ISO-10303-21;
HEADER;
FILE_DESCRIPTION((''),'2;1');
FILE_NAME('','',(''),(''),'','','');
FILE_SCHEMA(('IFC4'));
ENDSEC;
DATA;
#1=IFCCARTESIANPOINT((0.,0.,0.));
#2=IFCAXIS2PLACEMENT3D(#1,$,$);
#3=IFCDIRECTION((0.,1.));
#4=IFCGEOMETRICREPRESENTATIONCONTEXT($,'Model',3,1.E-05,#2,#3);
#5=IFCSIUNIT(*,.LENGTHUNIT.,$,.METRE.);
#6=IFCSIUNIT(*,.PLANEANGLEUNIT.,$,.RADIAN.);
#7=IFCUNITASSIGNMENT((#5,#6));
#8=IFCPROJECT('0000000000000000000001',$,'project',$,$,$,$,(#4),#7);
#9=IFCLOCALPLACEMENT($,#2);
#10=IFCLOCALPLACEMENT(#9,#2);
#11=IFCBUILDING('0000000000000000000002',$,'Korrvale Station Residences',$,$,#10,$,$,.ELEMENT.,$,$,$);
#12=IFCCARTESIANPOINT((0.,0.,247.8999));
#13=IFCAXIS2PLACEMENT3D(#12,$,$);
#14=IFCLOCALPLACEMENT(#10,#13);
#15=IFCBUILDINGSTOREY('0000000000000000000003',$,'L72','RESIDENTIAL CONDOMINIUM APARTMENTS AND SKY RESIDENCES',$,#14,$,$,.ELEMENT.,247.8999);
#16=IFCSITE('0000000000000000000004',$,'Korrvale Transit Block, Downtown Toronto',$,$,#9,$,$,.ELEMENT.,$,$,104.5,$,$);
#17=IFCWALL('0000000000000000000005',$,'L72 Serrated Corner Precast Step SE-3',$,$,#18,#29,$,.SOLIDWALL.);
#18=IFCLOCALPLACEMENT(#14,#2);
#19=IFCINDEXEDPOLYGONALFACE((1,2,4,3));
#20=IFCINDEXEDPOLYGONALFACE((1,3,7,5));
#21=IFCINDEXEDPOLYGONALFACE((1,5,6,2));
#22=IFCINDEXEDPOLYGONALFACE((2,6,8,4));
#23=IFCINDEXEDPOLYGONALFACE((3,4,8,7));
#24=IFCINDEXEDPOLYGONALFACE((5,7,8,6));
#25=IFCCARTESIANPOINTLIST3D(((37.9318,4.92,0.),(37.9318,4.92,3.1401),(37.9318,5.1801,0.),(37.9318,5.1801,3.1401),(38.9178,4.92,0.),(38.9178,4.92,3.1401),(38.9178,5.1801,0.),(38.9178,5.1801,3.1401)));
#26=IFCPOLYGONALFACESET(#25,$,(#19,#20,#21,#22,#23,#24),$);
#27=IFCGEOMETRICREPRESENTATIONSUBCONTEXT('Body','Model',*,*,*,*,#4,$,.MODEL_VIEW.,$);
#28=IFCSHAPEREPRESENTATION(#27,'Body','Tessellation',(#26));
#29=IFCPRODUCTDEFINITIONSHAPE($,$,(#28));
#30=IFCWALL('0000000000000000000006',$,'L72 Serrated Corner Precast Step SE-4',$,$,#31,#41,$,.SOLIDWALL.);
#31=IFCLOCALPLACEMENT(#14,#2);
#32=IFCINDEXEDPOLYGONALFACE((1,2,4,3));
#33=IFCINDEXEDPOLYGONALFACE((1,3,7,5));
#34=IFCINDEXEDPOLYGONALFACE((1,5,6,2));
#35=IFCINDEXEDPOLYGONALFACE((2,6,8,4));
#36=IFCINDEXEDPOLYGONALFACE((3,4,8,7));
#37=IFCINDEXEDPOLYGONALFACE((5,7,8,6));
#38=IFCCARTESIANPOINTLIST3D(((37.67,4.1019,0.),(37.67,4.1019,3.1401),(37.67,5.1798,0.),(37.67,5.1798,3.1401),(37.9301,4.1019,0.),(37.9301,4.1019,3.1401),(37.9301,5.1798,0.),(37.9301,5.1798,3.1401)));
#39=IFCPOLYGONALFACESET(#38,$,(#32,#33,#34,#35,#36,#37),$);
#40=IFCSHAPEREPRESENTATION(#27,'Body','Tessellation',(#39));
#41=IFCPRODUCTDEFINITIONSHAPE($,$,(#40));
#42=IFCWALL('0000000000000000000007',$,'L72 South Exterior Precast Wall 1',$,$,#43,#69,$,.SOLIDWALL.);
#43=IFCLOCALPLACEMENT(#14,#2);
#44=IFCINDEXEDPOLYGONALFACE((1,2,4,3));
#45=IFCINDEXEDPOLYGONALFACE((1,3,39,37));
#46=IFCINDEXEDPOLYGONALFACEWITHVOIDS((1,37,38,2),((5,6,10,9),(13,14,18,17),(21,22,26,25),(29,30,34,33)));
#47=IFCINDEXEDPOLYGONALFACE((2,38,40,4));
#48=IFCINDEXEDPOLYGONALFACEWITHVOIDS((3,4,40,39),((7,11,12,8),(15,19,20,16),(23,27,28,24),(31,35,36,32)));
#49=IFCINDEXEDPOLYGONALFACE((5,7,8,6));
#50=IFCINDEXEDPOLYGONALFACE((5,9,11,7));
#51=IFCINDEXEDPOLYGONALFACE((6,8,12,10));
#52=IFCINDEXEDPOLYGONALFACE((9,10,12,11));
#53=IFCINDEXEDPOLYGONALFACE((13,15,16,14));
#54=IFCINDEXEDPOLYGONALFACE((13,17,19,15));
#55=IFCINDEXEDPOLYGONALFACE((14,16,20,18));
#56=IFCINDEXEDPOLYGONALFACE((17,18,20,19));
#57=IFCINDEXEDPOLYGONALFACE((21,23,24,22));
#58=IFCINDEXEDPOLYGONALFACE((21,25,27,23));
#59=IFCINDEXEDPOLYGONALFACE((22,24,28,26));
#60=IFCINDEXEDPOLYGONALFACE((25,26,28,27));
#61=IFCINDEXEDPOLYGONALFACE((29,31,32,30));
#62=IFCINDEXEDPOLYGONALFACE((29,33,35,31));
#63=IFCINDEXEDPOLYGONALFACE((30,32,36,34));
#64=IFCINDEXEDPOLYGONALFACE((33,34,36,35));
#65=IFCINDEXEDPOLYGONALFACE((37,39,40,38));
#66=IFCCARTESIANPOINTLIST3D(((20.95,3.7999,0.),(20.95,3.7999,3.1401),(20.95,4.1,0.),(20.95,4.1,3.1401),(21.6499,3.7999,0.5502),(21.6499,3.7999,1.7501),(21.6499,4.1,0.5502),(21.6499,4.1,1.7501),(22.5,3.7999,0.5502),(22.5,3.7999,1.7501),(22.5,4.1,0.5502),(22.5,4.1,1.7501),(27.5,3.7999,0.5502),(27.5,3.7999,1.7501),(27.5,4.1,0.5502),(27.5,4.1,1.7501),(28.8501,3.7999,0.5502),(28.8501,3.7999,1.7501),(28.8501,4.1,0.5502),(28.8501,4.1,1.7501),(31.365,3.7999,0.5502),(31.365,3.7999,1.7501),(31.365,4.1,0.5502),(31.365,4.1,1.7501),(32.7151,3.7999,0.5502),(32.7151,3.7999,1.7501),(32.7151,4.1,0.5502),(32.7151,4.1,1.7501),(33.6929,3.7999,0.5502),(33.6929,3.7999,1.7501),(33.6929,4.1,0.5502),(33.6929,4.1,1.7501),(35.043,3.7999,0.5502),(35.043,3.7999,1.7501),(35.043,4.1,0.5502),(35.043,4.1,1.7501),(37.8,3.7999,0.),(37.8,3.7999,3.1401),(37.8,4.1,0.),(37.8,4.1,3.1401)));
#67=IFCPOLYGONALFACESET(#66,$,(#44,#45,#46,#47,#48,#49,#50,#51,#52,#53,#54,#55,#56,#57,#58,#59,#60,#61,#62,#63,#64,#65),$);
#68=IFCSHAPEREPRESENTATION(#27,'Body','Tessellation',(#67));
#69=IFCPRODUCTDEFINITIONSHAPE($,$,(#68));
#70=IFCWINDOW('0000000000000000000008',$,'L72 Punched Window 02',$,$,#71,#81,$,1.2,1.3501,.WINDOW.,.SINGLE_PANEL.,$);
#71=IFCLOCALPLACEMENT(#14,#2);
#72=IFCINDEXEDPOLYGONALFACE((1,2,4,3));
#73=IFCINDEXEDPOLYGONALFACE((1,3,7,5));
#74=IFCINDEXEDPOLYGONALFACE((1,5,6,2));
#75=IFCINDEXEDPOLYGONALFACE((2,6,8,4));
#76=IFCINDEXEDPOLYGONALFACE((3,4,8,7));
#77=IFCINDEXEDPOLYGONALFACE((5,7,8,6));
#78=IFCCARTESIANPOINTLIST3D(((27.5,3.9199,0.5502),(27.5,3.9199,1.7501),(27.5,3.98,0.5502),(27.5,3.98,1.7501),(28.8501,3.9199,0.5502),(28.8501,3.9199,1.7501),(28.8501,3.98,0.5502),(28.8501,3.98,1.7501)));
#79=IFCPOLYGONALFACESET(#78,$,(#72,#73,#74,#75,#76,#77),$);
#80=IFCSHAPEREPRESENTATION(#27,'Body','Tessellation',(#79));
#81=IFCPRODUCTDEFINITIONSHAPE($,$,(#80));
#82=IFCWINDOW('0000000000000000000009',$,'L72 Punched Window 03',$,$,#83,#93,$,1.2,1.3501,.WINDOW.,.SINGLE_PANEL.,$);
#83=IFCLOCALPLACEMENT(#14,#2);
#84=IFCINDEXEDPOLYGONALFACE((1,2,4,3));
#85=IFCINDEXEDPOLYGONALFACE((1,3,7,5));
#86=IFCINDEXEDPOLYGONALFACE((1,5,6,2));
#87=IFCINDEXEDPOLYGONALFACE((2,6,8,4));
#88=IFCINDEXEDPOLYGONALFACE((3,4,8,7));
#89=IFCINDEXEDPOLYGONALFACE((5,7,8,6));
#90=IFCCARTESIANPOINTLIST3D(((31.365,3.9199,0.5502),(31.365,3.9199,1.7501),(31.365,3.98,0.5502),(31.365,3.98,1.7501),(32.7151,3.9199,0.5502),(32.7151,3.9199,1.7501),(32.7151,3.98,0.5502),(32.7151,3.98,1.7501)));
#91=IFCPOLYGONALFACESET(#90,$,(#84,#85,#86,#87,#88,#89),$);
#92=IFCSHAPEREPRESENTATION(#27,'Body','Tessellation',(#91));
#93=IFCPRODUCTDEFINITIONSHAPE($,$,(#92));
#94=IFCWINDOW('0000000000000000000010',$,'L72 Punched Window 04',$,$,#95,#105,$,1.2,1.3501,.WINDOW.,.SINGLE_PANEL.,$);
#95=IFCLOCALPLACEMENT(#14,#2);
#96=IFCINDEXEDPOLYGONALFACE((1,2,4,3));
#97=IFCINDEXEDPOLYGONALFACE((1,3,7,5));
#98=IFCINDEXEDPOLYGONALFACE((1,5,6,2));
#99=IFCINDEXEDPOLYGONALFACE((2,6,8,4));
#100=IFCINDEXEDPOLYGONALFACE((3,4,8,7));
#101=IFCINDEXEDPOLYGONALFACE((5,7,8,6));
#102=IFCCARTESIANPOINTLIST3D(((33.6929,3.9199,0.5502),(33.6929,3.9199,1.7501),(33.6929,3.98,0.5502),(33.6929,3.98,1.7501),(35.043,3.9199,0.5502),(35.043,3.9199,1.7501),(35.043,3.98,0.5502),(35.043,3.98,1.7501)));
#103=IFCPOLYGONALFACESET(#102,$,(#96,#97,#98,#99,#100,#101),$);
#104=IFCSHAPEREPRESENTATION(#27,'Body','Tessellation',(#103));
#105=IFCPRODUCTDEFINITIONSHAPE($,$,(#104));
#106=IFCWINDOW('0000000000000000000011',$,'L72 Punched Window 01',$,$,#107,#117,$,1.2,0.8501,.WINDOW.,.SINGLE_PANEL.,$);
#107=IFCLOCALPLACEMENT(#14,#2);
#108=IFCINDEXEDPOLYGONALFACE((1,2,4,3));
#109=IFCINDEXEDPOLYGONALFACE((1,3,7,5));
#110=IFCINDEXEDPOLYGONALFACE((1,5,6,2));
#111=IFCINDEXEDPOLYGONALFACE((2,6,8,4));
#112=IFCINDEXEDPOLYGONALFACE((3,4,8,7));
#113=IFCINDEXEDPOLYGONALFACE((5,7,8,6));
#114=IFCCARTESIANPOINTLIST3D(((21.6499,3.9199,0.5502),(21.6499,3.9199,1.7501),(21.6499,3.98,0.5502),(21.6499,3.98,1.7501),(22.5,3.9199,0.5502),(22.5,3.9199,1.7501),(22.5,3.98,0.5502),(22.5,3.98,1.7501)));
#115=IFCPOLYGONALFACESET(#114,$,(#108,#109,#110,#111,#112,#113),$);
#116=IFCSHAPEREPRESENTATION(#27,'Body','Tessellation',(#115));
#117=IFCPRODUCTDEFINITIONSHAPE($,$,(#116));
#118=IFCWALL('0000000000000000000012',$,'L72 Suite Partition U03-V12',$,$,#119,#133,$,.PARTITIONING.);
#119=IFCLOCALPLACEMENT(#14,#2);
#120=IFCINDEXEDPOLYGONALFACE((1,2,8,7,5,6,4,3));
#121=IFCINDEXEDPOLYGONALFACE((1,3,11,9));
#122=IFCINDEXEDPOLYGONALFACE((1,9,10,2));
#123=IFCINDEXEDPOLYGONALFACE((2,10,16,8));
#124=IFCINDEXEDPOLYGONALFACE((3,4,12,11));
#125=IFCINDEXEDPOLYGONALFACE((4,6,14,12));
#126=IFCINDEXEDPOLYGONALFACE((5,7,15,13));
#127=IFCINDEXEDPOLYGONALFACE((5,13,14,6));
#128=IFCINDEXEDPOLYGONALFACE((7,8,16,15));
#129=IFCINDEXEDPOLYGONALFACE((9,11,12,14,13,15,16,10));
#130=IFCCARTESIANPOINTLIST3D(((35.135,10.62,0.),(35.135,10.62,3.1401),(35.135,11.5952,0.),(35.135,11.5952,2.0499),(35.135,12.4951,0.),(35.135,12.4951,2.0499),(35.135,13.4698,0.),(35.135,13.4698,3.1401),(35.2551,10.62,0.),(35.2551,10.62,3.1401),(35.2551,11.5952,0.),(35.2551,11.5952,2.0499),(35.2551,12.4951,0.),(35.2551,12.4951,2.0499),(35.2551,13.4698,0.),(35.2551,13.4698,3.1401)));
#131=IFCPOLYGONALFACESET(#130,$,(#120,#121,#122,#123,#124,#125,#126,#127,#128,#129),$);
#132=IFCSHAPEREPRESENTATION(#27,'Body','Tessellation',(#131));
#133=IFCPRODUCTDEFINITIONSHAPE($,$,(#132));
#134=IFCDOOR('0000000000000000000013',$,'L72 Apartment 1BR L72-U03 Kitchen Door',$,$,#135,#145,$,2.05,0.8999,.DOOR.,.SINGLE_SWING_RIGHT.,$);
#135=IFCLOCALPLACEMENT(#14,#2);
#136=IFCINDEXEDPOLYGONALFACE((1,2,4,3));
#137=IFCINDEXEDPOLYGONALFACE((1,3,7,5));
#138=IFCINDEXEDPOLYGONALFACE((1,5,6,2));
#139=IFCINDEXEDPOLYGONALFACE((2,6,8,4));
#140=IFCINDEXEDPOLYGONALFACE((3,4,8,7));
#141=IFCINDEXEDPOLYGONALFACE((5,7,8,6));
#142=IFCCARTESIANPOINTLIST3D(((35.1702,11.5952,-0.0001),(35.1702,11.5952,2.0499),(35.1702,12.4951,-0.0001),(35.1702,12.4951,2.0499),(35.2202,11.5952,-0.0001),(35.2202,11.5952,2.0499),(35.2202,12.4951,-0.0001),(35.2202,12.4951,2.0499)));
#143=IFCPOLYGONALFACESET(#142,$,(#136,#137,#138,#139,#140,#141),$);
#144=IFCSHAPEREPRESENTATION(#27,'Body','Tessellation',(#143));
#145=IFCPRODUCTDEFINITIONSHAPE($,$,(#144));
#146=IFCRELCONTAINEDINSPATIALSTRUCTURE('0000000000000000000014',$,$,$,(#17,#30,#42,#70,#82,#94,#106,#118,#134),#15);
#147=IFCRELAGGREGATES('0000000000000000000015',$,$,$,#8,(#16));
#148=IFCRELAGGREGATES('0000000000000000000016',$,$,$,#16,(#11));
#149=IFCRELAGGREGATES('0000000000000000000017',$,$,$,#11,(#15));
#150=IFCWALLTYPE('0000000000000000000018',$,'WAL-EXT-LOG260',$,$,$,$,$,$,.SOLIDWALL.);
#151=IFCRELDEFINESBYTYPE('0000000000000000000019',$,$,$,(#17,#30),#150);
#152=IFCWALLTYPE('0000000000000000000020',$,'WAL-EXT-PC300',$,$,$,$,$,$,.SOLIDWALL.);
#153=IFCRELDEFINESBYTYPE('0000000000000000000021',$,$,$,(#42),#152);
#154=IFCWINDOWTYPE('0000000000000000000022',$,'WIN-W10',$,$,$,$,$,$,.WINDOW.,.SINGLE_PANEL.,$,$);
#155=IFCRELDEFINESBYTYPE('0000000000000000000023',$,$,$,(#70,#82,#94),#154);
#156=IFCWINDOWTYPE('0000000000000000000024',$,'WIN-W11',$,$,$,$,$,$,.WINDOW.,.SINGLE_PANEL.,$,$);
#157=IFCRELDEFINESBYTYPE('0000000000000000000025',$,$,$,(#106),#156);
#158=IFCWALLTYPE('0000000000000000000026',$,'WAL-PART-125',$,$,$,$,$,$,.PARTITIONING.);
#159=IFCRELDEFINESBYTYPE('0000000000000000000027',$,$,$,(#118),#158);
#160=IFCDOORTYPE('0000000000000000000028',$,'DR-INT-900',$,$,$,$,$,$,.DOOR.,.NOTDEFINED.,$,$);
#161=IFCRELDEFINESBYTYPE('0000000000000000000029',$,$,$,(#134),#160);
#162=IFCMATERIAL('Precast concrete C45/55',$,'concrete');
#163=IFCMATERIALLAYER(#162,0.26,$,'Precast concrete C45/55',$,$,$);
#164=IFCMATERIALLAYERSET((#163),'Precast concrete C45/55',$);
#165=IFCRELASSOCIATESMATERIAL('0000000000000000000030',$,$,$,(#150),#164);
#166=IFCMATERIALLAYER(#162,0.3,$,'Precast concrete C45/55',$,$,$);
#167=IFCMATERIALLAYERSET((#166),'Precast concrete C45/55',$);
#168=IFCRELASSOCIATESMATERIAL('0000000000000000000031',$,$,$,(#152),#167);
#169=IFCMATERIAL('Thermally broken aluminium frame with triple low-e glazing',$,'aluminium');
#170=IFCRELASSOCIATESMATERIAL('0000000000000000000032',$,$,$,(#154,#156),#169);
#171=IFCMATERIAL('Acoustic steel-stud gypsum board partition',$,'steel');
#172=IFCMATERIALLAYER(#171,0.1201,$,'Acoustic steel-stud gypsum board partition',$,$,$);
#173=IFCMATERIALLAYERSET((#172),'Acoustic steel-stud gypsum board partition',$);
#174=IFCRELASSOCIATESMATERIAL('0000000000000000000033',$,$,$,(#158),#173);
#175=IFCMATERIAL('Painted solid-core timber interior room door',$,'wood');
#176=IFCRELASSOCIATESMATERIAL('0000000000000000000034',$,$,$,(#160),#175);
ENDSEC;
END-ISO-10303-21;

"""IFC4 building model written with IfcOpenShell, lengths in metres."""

from ifc_helpers import new_model, si_unit, direction, frame, frame_2d, origin, place, context, subcontext, project, spatial, rectangle, extrude, material, layer, layer_set, type_object, element, fill, save


model = new_model("IFC4")

# Units and contexts
model_context = context("Model", 3, precision=1e-05, world=origin(), true_north=direction((0.0, 1.0)))
body_context = subcontext(model_context, "Body", "Model", "MODEL_VIEW")
ifc_project = project(units=[si_unit("LENGTHUNIT", "METRE"), si_unit("PLANEANGLEUNIT", "RADIAN")], contexts=[model_context])

# Site, building, storey
site_placement = place(None, origin())
site = spatial("IfcSite", under=ifc_project, at=site_placement, Name="Korrvale Transit Block, Downtown Toronto", CompositionType="ELEMENT", RefElevation=104.5)
building_placement = place(site_placement, origin())
building = spatial("IfcBuilding", under=site, at=building_placement, Name="Korrvale Station Residences", CompositionType="ELEMENT")
storey_placement = place(building_placement, frame((0.0, 0.0, 247.8999)))
storey = spatial("IfcBuildingStorey", under=building, at=storey_placement, Name="L72", Description="RESIDENTIAL CONDOMINIUM APARTMENTS AND SKY RESIDENCES", CompositionType="ELEMENT", Elevation=247.8999)

# Walls
ifc_material_1 = material(Name="Precast concrete C45/55", Category="concrete")
ifc_layer_1 = layer(ifc_material_1, 0.26, Name="Precast concrete C45/55")
ifc_layer_set_1 = layer_set([ifc_layer_1], Name="Precast concrete C45/55")
wall_type_1 = type_object("IfcWallType", Name="WAL-EXT-LOG260", PredefinedType="SOLIDWALL", material=ifc_layer_set_1)
wall_1_placement = place(storey_placement, frame((38.918, 5.05, 0.0), z_axis=(0.0, 0.0, 1.0), x_axis=(-1.0, 0.0, 0.0)))
element("IfcWall", 1, at=wall_1_placement, inside=storey, type_object=wall_type_1, Name="L72 Serrated Corner Precast Step SE-3", PredefinedType="SOLIDWALL", context=body_context, shape_type="SweptSolid", body=[
    extrude(rectangle(XDim=0.9861, YDim=0.26, at=frame_2d((0.4932, 0.0))), origin(), (0.0, 0.0, 1.0), 3.1401),
])
wall_2_placement = place(storey_placement, frame((37.8, 5.1799, 0.0), z_axis=(0.0, 0.0, 1.0), x_axis=(0.0, -1.0, 0.0)))
element("IfcWall", 2, at=wall_2_placement, inside=storey, type_object=wall_type_1, Name="L72 Serrated Corner Precast Step SE-4", PredefinedType="SOLIDWALL", context=body_context, shape_type="SweptSolid", body=[
    extrude(rectangle(XDim=1.0779, YDim=0.26, at=frame_2d((0.5391, 0.0))), origin(), (0.0, 0.0, 1.0), 3.1401),
])

# Wall, openings, windows
ifc_layer_2 = layer(ifc_material_1, 0.3, Name="Precast concrete C45/55")
ifc_layer_set_2 = layer_set([ifc_layer_2], Name="Precast concrete C45/55")
wall_type_2 = type_object("IfcWallType", Name="WAL-EXT-PC300", PredefinedType="SOLIDWALL", material=ifc_layer_set_2)
wall_3_placement = place(storey_placement, frame((37.8, 3.95, 0.0), z_axis=(0.0, 0.0, 1.0), x_axis=(-1.0, 0.0, 0.0)))
wall_3 = element("IfcWall", 3, at=wall_3_placement, inside=storey, type_object=wall_type_2, Name="L72 South Exterior Precast Wall 1", PredefinedType="SOLIDWALL", context=body_context, shape_type="SweptSolid", body=[
    extrude(rectangle(XDim=16.8501, YDim=0.3, at=frame_2d((8.425, 0.0))), origin(), (0.0, 0.0, 1.0), 3.1401),
])
opening_1_placement = place(wall_3_placement, frame((15.3, 0.0, 0.55)))
opening_1 = element("IfcOpeningElement", 4, at=opening_1_placement, cuts=wall_3, PredefinedType="OPENING", context=body_context, shape_type="SweptSolid", body=[
    extrude(rectangle(XDim=0.8501, YDim=1.2, at=frame_2d((0.425, 0.6001))), frame((0.0, 0.1602, 0.0), z_axis=(0.0, -1.0, 0.0), x_axis=(1.0, 0.0, 0.0)), (0.0, 0.0, 1.0), 0.3201),
])
opening_2_placement = place(wall_3_placement, frame((8.95, 0.0, 0.55)))
opening_2 = element("IfcOpeningElement", 5, at=opening_2_placement, cuts=wall_3, PredefinedType="OPENING", context=body_context, shape_type="SweptSolid", body=[
    extrude(rectangle(XDim=1.3501, YDim=1.2, at=frame_2d((0.675, 0.6001))), frame((0.0, 0.1602, 0.0), z_axis=(0.0, -1.0, 0.0), x_axis=(1.0, 0.0, 0.0)), (0.0, 0.0, 1.0), 0.3201),
])
opening_3_placement = place(wall_3_placement, frame((5.085, 0.0, 0.55)))
opening_3 = element("IfcOpeningElement", 6, at=opening_3_placement, cuts=wall_3, PredefinedType="OPENING", context=body_context, shape_type="SweptSolid", body=[
    extrude(rectangle(XDim=1.3501, YDim=1.2, at=frame_2d((0.675, 0.6001))), frame((0.0, 0.1602, 0.0), z_axis=(0.0, -1.0, 0.0), x_axis=(1.0, 0.0, 0.0)), (0.0, 0.0, 1.0), 0.3201),
])
opening_4_placement = place(wall_3_placement, frame((2.7571, 0.0, 0.55)))
opening_4 = element("IfcOpeningElement", 7, at=opening_4_placement, cuts=wall_3, PredefinedType="OPENING", context=body_context, shape_type="SweptSolid", body=[
    extrude(rectangle(XDim=1.3501, YDim=1.2, at=frame_2d((0.675, 0.6001))), frame((0.0, 0.1602, 0.0), z_axis=(0.0, -1.0, 0.0), x_axis=(1.0, 0.0, 0.0)), (0.0, 0.0, 1.0), 0.3201),
])
ifc_material_2 = material(Name="Thermally broken aluminium frame with triple low-e glazing", Category="aluminium")
window_type_1 = type_object("IfcWindowType", Name="WIN-W10", PartitioningType="SINGLE_PANEL", PredefinedType="WINDOW", material=ifc_material_2)
window_1_placement = place(opening_2_placement, origin())
window_1 = element("IfcWindow", 8, at=window_1_placement, inside=storey, type_object=window_type_1, Name="L72 Punched Window 02", OverallHeight=1.2, OverallWidth=1.3501, PartitioningType="SINGLE_PANEL", PredefinedType="WINDOW", context=body_context, shape_type="SweptSolid", body=[
    extrude(rectangle(XDim=1.3501, YDim=1.2, at=frame_2d((0.675, 0.6001))), frame((0.0, 0.03, 0.0), z_axis=(0.0, -1.0, 0.0), x_axis=(1.0, 0.0, 0.0)), (0.0, 0.0, 1.0), 0.0601),
])
fill(opening_2, window_1)
window_2_placement = place(opening_3_placement, origin())
window_2 = element("IfcWindow", 9, at=window_2_placement, inside=storey, type_object=window_type_1, Name="L72 Punched Window 03", OverallHeight=1.2, OverallWidth=1.3501, PartitioningType="SINGLE_PANEL", PredefinedType="WINDOW", context=body_context, shape_type="SweptSolid", body=[
    extrude(rectangle(XDim=1.3501, YDim=1.2, at=frame_2d((0.675, 0.6001))), frame((0.0, 0.03, 0.0), z_axis=(0.0, -1.0, 0.0), x_axis=(1.0, 0.0, 0.0)), (0.0, 0.0, 1.0), 0.0601),
])
fill(opening_3, window_2)
window_3_placement = place(opening_4_placement, origin())
window_3 = element("IfcWindow", 10, at=window_3_placement, inside=storey, type_object=window_type_1, Name="L72 Punched Window 04", OverallHeight=1.2, OverallWidth=1.3501, PartitioningType="SINGLE_PANEL", PredefinedType="WINDOW", context=body_context, shape_type="SweptSolid", body=[
    extrude(rectangle(XDim=1.3501, YDim=1.2, at=frame_2d((0.675, 0.6001))), frame((0.0, 0.03, 0.0), z_axis=(0.0, -1.0, 0.0), x_axis=(1.0, 0.0, 0.0)), (0.0, 0.0, 1.0), 0.0601),
])
fill(opening_4, window_3)
window_type_2 = type_object("IfcWindowType", Name="WIN-W11", PartitioningType="SINGLE_PANEL", PredefinedType="WINDOW", material=ifc_material_2)
window_4_placement = place(opening_1_placement, origin())
window_4 = element("IfcWindow", 11, at=window_4_placement, inside=storey, type_object=window_type_2, Name="L72 Punched Window 01", OverallHeight=1.2, OverallWidth=0.8501, PartitioningType="SINGLE_PANEL", PredefinedType="WINDOW", context=body_context, shape_type="SweptSolid", body=[
    extrude(rectangle(XDim=0.8501, YDim=1.2, at=frame_2d((0.425, 0.6001))), frame((0.0, 0.03, 0.0), z_axis=(0.0, -1.0, 0.0), x_axis=(1.0, 0.0, 0.0)), (0.0, 0.0, 1.0), 0.0601),
])
fill(opening_1, window_4)

# Wall, opening, door
ifc_material_3 = material(Name="Acoustic steel-stud gypsum board partition", Category="steel")
ifc_layer_3 = layer(ifc_material_3, 0.1201, Name="Acoustic steel-stud gypsum board partition")
ifc_layer_set_3 = layer_set([ifc_layer_3], Name="Acoustic steel-stud gypsum board partition")
wall_type_3 = type_object("IfcWallType", Name="WAL-PART-125", PredefinedType="PARTITIONING", material=ifc_layer_set_3)
wall_4_placement = place(storey_placement, frame((35.1951, 10.6201, 0.0), z_axis=(0.0, 0.0, 1.0), x_axis=(0.0, 1.0, 0.0)))
wall_4 = element("IfcWall", 12, at=wall_4_placement, inside=storey, type_object=wall_type_3, Name="L72 Suite Partition U03-V12", PredefinedType="PARTITIONING", context=body_context, shape_type="SweptSolid", body=[
    extrude(rectangle(XDim=2.8499, YDim=0.1201, at=frame_2d((1.4248, 0.0))), origin(), (0.0, 0.0, 1.0), 3.1401),
])
opening_5_placement = place(wall_4_placement, frame((0.9751, 0.0, 0.0)))
opening_5 = element("IfcOpeningElement", 13, at=opening_5_placement, cuts=wall_4, PredefinedType="OPENING", context=body_context, shape_type="SweptSolid", body=[
    extrude(rectangle(XDim=0.8999, YDim=2.05, at=frame_2d((0.45, 1.0249))), frame((0.0, 0.0701, 0.0), z_axis=(0.0, -1.0, 0.0), x_axis=(1.0, 0.0, 0.0)), (0.0, 0.0, 1.0), 0.1401),
])
ifc_material_4 = material(Name="Painted solid-core timber interior room door", Category="wood")
door_type = type_object("IfcDoorType", Name="DR-INT-900", OperationType="NOTDEFINED", PredefinedType="DOOR", material=ifc_material_4)
door_1_placement = place(opening_5_placement, origin())
door_1 = element("IfcDoor", 14, at=door_1_placement, inside=storey, type_object=door_type, Name="L72 Apartment 1BR L72-U03 Kitchen Door", OperationType="SINGLE_SWING_RIGHT", OverallHeight=2.05, OverallWidth=0.8999, PredefinedType="DOOR", context=body_context, shape_type="SweptSolid", body=[
    extrude(rectangle(XDim=0.8999, YDim=2.05, at=frame_2d((0.45, 1.0249))), frame((0.0, 0.0249, 0.0), z_axis=(0.0, -1.0, 0.0), x_axis=(1.0, 0.0, 0.0)), (0.0, 0.0, 1.0), 0.05),
])
fill(opening_5, door_1)

save(model, "model.ifc")
